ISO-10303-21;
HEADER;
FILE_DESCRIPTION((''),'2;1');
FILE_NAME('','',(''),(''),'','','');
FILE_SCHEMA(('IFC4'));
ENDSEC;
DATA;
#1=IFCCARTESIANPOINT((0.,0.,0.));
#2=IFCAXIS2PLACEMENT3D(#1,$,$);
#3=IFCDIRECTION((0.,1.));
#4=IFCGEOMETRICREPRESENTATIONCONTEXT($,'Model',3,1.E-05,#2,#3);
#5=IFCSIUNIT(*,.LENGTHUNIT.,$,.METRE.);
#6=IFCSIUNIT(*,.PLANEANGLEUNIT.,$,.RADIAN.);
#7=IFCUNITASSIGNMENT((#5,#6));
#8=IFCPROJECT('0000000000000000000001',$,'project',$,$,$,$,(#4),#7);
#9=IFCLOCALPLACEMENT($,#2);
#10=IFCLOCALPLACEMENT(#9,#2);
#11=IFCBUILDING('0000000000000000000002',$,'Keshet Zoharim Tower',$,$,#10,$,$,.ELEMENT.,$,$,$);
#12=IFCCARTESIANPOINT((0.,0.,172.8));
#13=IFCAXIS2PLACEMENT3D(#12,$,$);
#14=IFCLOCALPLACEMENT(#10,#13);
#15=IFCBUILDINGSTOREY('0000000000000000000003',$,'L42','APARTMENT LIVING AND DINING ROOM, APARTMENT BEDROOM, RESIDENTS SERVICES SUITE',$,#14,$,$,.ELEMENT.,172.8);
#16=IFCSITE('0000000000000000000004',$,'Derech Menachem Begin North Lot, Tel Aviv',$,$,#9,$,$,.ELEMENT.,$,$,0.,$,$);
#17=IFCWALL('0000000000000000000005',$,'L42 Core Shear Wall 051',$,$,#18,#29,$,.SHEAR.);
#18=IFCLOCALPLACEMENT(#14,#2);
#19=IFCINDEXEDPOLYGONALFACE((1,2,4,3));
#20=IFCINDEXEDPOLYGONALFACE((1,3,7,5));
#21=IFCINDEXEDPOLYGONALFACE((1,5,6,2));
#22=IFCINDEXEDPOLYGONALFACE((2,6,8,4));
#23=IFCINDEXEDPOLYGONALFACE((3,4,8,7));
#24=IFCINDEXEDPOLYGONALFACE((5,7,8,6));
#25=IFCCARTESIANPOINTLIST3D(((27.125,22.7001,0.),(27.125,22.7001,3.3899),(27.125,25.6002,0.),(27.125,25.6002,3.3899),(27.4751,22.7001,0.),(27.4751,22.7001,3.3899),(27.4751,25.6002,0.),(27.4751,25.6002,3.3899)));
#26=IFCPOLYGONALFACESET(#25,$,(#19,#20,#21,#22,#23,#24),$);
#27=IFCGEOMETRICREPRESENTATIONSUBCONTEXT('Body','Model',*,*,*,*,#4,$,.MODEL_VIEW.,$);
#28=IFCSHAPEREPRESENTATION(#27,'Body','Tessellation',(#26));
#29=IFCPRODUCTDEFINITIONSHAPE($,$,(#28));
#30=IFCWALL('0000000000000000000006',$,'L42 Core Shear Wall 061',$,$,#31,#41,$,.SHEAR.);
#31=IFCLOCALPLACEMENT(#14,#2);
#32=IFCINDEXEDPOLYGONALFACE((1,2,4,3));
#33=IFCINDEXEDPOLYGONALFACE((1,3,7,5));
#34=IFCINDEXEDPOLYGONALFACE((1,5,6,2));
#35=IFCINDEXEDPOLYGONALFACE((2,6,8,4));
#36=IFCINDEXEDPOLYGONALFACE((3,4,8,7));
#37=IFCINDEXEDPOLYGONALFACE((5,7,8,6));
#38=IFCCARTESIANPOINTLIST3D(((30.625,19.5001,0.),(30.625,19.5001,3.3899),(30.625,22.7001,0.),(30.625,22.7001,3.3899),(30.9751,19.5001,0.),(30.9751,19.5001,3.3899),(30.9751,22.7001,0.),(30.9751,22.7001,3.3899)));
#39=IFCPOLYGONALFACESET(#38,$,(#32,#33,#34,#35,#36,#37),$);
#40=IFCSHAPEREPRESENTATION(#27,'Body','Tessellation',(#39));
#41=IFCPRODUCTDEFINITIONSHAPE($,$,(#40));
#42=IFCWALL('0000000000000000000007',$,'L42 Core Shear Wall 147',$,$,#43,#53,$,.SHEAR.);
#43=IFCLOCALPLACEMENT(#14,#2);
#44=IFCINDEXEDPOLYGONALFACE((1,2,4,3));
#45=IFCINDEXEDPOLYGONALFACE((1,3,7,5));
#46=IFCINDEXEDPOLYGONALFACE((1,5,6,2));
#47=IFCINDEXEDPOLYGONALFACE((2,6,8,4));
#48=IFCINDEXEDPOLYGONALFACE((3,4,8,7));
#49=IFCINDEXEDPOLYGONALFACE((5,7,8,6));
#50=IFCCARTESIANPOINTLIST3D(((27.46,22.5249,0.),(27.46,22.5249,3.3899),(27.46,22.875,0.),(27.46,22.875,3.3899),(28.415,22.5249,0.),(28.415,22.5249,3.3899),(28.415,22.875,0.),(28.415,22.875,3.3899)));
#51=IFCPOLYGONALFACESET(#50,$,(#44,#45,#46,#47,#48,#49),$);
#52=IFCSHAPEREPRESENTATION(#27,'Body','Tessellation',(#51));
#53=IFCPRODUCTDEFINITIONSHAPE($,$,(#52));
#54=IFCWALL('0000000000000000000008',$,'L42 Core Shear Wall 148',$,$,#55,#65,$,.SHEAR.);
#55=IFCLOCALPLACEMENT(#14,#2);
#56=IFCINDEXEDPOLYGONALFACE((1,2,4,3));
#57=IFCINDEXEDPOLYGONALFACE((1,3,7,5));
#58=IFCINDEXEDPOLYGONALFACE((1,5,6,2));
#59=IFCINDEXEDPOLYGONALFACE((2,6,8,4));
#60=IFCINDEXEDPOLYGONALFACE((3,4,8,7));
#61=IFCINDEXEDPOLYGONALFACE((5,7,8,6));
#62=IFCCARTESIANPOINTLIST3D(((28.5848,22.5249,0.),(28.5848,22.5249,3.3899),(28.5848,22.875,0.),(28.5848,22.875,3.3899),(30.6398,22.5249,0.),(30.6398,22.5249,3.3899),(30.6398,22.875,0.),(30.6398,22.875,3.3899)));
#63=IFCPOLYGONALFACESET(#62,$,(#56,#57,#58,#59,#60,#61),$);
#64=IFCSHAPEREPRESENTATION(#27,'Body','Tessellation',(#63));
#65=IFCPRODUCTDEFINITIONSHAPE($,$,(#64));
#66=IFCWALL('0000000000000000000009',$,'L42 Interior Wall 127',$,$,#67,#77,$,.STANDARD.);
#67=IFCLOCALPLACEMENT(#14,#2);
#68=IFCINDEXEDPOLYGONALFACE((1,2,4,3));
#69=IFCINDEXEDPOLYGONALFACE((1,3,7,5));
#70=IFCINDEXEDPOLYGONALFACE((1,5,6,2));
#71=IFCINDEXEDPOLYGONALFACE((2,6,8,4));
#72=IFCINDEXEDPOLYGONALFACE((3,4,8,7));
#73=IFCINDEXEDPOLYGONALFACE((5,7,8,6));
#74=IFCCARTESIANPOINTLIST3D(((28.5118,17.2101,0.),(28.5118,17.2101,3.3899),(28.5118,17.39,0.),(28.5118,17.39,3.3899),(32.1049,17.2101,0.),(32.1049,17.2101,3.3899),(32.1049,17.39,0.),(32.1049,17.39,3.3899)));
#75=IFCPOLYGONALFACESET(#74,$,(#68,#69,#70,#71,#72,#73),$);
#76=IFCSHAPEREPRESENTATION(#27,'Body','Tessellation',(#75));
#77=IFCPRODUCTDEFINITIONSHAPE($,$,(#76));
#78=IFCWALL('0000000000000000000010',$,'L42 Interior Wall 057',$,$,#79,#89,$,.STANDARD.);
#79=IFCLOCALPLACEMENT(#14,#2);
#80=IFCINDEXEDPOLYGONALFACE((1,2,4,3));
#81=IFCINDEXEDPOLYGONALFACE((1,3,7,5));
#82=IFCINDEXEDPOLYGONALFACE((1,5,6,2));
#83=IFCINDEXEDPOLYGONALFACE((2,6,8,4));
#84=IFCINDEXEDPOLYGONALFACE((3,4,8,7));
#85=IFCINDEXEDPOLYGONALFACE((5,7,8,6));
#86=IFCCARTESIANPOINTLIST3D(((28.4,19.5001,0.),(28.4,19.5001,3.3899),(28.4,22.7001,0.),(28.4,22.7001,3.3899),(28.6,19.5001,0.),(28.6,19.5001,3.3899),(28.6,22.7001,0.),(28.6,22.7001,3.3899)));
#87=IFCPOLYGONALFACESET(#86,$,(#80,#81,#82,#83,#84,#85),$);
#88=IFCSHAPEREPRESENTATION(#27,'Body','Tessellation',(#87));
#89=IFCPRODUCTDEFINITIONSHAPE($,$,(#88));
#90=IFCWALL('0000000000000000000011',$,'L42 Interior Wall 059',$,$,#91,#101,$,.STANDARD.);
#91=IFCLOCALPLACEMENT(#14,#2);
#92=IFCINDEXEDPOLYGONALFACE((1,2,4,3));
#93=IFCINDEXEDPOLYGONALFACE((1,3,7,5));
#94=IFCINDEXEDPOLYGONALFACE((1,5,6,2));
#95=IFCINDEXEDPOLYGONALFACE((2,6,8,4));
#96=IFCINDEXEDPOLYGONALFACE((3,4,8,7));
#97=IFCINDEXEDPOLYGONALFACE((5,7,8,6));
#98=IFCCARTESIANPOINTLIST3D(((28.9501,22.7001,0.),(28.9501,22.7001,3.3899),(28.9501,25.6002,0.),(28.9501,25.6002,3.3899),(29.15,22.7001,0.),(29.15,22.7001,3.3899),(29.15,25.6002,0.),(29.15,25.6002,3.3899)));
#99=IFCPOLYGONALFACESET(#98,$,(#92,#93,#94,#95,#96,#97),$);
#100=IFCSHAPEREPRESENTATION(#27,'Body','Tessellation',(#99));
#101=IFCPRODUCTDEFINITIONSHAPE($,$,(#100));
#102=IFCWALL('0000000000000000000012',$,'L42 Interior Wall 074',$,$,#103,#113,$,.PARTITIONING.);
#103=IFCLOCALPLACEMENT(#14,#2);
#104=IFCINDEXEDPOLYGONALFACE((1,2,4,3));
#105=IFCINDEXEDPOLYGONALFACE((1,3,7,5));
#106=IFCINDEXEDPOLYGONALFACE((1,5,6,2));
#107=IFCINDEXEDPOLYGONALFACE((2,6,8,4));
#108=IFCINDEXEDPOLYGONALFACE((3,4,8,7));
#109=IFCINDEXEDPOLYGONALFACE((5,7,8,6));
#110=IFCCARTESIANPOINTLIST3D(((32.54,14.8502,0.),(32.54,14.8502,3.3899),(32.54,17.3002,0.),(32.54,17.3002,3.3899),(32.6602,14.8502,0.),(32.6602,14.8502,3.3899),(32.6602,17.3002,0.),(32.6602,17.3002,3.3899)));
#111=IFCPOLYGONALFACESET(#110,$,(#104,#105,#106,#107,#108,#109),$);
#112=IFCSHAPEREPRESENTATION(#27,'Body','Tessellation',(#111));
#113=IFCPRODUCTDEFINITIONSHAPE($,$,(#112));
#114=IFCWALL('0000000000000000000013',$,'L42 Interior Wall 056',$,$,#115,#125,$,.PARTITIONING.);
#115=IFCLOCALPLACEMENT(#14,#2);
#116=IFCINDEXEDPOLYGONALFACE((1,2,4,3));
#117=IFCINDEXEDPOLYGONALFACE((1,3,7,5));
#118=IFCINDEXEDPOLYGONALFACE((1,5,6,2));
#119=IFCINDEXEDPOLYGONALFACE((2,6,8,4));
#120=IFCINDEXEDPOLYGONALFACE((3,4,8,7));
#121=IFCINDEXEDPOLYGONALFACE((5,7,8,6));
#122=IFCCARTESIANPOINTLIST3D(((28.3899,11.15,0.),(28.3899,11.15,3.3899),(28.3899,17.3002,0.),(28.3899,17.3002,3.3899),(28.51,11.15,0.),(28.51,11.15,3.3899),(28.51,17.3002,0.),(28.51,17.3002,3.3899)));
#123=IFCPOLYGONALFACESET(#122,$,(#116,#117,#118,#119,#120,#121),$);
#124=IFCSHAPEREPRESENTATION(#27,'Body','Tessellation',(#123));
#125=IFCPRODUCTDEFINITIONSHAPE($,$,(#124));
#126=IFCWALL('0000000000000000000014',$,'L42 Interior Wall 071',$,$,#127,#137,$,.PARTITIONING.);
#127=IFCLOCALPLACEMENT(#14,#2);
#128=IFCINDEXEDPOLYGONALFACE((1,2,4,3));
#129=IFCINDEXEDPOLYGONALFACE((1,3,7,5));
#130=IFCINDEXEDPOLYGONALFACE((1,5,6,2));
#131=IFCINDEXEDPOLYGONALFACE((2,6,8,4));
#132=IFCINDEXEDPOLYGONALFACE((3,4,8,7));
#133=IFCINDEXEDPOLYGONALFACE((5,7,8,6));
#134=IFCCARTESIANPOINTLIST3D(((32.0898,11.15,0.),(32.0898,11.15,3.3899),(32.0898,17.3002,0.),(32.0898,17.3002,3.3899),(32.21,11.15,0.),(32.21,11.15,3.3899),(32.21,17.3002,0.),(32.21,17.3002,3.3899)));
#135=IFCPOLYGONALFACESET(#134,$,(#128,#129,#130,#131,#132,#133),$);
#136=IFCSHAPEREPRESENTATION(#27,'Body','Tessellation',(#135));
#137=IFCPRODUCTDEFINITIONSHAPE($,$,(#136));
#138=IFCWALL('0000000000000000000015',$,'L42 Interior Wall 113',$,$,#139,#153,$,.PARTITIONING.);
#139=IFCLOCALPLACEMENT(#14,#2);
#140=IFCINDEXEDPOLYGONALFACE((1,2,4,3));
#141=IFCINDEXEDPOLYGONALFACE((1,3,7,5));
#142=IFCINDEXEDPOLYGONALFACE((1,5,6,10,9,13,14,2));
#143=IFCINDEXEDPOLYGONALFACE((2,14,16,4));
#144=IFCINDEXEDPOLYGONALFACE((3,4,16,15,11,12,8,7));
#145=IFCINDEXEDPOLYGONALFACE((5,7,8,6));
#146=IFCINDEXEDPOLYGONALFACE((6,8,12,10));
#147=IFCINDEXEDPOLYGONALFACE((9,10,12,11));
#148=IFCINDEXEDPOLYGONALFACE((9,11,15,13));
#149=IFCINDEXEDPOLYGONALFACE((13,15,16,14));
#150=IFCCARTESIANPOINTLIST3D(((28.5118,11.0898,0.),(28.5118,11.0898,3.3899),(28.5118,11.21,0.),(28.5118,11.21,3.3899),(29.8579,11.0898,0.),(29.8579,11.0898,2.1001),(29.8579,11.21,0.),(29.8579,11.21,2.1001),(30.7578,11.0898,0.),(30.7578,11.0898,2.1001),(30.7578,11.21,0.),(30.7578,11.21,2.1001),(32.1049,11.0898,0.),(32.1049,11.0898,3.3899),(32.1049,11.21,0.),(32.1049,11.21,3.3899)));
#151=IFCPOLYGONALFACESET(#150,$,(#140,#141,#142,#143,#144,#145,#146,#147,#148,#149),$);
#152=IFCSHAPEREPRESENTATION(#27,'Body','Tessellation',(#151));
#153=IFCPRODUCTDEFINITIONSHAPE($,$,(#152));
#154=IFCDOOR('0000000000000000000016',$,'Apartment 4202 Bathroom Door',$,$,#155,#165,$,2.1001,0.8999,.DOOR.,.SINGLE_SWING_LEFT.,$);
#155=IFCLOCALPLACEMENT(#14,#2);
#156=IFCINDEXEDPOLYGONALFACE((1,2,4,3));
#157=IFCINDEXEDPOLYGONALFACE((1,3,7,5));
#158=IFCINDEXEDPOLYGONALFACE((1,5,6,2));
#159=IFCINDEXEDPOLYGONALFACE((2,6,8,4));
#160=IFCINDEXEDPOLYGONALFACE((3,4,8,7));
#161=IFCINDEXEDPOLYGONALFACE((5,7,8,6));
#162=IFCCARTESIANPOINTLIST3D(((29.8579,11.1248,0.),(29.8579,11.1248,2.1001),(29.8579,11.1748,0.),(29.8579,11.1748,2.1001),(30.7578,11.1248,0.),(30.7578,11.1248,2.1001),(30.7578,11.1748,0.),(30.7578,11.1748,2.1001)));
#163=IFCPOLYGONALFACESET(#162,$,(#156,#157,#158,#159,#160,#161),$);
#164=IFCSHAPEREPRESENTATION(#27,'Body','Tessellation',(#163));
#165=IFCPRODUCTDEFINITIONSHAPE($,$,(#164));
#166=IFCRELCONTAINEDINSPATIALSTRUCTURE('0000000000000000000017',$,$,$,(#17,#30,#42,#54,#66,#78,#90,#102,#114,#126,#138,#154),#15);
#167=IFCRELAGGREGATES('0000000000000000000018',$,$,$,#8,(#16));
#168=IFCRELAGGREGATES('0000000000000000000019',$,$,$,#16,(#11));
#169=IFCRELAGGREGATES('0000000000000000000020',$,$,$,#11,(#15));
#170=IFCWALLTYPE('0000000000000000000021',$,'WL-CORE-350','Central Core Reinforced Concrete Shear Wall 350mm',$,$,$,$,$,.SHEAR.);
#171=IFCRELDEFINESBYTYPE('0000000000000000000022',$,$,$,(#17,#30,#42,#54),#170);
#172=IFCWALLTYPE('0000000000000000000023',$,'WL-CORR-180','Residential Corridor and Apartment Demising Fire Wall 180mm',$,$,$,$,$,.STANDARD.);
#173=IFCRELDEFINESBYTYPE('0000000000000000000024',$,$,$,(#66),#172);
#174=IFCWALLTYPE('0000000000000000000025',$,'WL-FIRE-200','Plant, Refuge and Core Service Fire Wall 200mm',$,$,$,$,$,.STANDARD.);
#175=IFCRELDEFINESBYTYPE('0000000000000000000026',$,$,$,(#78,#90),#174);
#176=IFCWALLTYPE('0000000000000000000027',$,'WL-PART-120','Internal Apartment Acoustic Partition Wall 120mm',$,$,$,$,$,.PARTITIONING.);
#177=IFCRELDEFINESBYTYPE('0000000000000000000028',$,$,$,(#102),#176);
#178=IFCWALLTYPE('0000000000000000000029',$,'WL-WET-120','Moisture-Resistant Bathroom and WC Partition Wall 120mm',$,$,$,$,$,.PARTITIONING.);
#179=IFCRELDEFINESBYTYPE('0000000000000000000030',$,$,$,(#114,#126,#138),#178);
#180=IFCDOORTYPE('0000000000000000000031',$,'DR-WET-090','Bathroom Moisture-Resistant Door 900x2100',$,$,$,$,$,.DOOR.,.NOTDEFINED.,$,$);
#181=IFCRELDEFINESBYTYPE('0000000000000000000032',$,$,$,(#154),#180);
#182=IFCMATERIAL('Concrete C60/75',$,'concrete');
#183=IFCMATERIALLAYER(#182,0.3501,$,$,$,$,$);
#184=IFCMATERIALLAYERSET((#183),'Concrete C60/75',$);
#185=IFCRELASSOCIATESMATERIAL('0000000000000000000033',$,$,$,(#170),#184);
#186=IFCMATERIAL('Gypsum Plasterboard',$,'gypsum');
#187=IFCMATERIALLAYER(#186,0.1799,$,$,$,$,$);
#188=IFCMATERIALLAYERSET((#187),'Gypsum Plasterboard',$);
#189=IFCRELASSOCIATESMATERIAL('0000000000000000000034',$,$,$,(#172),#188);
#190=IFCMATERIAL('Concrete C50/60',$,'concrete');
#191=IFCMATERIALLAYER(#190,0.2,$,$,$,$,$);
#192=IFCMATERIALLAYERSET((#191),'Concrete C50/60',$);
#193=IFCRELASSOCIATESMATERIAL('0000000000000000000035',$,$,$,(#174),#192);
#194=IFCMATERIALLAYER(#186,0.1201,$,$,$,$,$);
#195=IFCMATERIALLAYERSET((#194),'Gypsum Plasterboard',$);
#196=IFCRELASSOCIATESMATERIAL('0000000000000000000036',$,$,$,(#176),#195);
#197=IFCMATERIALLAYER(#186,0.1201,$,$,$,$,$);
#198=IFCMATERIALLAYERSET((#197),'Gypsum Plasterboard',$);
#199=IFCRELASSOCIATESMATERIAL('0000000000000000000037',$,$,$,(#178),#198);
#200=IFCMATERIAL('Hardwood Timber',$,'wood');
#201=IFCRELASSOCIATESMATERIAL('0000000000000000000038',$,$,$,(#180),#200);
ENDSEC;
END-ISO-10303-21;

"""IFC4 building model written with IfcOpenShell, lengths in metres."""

from ifc_helpers import new_model, si_unit, direction, frame, frame_2d, origin, place, context, subcontext, project, spatial, rectangle, extrude, material, layer, layer_set, type_object, element, fill, save


model = new_model("IFC4")

# Units and contexts
model_context = context("Model", 3, precision=1e-05, world=origin(), true_north=direction((0.0, 1.0)))
body_context = subcontext(model_context, "Body", "Model", "MODEL_VIEW")
ifc_project = project(units=[si_unit("LENGTHUNIT", "METRE"), si_unit("PLANEANGLEUNIT", "RADIAN")], contexts=[model_context])

# Site, building, storey
site_placement = place(None, origin())
site = spatial("IfcSite", under=ifc_project, at=site_placement, Name="Derech Menachem Begin North Lot, Tel Aviv", CompositionType="ELEMENT", RefElevation=0.0)
building_placement = place(site_placement, origin())
building = spatial("IfcBuilding", under=site, at=building_placement, Name="Keshet Zoharim Tower", CompositionType="ELEMENT")
storey_placement = place(building_placement, frame((0.0, 0.0, 172.8)))
storey = spatial("IfcBuildingStorey", under=building, at=storey_placement, Name="L42", Description="APARTMENT LIVING AND DINING ROOM, APARTMENT BEDROOM, RESIDENTS SERVICES SUITE", CompositionType="ELEMENT", Elevation=172.8)

# Walls
ifc_material_1 = material(Name="Concrete C60/75", Category="concrete")
ifc_layer_1 = layer(ifc_material_1, 0.3501)
ifc_layer_set_1 = layer_set([ifc_layer_1], Name="Concrete C60/75")
wall_type_1 = type_object("IfcWallType", Name="WL-CORE-350", Description="Central Core Reinforced Concrete Shear Wall 350mm", PredefinedType="SHEAR", material=ifc_layer_set_1)
wall_1_placement = place(storey_placement, frame((27.3, 22.7, 0.0), z_axis=(0.0, 0.0, 1.0), x_axis=(0.0, 1.0, 0.0)))
element("IfcWall", 1, at=wall_1_placement, inside=storey, type_object=wall_type_1, Name="L42 Core Shear Wall 051", PredefinedType="SHEAR", context=body_context, shape_type="SweptSolid", body=[
    extrude(rectangle(XDim=2.9001, YDim=0.3501, at=frame_2d((1.4502, 0.0))), origin(), (0.0, 0.0, 1.0), 3.3899),
])
wall_2_placement = place(storey_placement, frame((30.8, 19.5, 0.0), z_axis=(0.0, 0.0, 1.0), x_axis=(0.0, 1.0, 0.0)))
element("IfcWall", 2, at=wall_2_placement, inside=storey, type_object=wall_type_1, Name="L42 Core Shear Wall 061", PredefinedType="SHEAR", context=body_context, shape_type="SweptSolid", body=[
    extrude(rectangle(XDim=3.2, YDim=0.3501, at=frame_2d((1.6001, 0.0))), origin(), (0.0, 0.0, 1.0), 3.3899),
])
wall_3_placement = place(storey_placement, frame((27.46, 22.7, 0.0), z_axis=(0.0, 0.0, 1.0), x_axis=(1.0, 0.0, 0.0)))
element("IfcWall", 3, at=wall_3_placement, inside=storey, type_object=wall_type_1, Name="L42 Core Shear Wall 147", PredefinedType="SHEAR", context=body_context, shape_type="SweptSolid", body=[
    extrude(rectangle(XDim=0.9551, YDim=0.3501, at=frame_2d((0.4775, 0.0))), origin(), (0.0, 0.0, 1.0), 3.3899),
])
wall_4_placement = place(storey_placement, frame((28.585, 22.7, 0.0), z_axis=(0.0, 0.0, 1.0), x_axis=(1.0, 0.0, 0.0)))
element("IfcWall", 4, at=wall_4_placement, inside=storey, type_object=wall_type_1, Name="L42 Core Shear Wall 148", PredefinedType="SHEAR", context=body_context, shape_type="SweptSolid", body=[
    extrude(rectangle(XDim=2.0549, YDim=0.3501, at=frame_2d((1.0273, 0.0))), origin(), (0.0, 0.0, 1.0), 3.3899),
])
ifc_material_2 = material(Name="Gypsum Plasterboard", Category="gypsum")
ifc_layer_2 = layer(ifc_material_2, 0.1799)
ifc_layer_set_2 = layer_set([ifc_layer_2], Name="Gypsum Plasterboard")
wall_type_2 = type_object("IfcWallType", Name="WL-CORR-180", Description="Residential Corridor and Apartment Demising Fire Wall 180mm", PredefinedType="STANDARD", material=ifc_layer_set_2)
wall_5_placement = place(storey_placement, frame((28.512, 17.3, 0.0), z_axis=(0.0, 0.0, 1.0), x_axis=(1.0, 0.0, 0.0)))
element("IfcWall", 5, at=wall_5_placement, inside=storey, type_object=wall_type_2, Name="L42 Interior Wall 127", PredefinedType="STANDARD", context=body_context, shape_type="SweptSolid", body=[
    extrude(rectangle(XDim=3.593, YDim=0.1799, at=frame_2d((1.7964, 0.0))), origin(), (0.0, 0.0, 1.0), 3.3899),
])

# Shared definitions
ifc_material_3 = material(Name="Hardwood Timber", Category="wood")

# Walls
ifc_material_4 = material(Name="Concrete C50/60", Category="concrete")
ifc_layer_3 = layer(ifc_material_4, 0.2)
ifc_layer_set_3 = layer_set([ifc_layer_3], Name="Concrete C50/60")
wall_type_3 = type_object("IfcWallType", Name="WL-FIRE-200", Description="Plant, Refuge and Core Service Fire Wall 200mm", PredefinedType="STANDARD", material=ifc_layer_set_3)
wall_6_placement = place(storey_placement, frame((28.5, 19.5, 0.0), z_axis=(0.0, 0.0, 1.0), x_axis=(0.0, 1.0, 0.0)))
element("IfcWall", 6, at=wall_6_placement, inside=storey, type_object=wall_type_3, Name="L42 Interior Wall 057", PredefinedType="STANDARD", context=body_context, shape_type="SweptSolid", body=[
    extrude(rectangle(XDim=3.2, YDim=0.2, at=frame_2d((1.6001, 0.0))), origin(), (0.0, 0.0, 1.0), 3.3899),
])
wall_7_placement = place(storey_placement, frame((29.05, 22.7, 0.0), z_axis=(0.0, 0.0, 1.0), x_axis=(0.0, 1.0, 0.0)))
element("IfcWall", 7, at=wall_7_placement, inside=storey, type_object=wall_type_3, Name="L42 Interior Wall 059", PredefinedType="STANDARD", context=body_context, shape_type="SweptSolid", body=[
    extrude(rectangle(XDim=2.9001, YDim=0.2, at=frame_2d((1.4502, 0.0))), origin(), (0.0, 0.0, 1.0), 3.3899),
])

# Wall
ifc_layer_4 = layer(ifc_material_2, 0.1201)
ifc_layer_set_4 = layer_set([ifc_layer_4], Name="Gypsum Plasterboard")
wall_type_4 = type_object("IfcWallType", Name="WL-PART-120", Description="Internal Apartment Acoustic Partition Wall 120mm", PredefinedType="PARTITIONING", material=ifc_layer_set_4)
wall_8_placement = place(storey_placement, frame((32.6001, 14.8501, 0.0), z_axis=(0.0, 0.0, 1.0), x_axis=(0.0, 1.0, 0.0)))
element("IfcWall", 8, at=wall_8_placement, inside=storey, type_object=wall_type_4, Name="L42 Interior Wall 074", PredefinedType="PARTITIONING", context=body_context, shape_type="SweptSolid", body=[
    extrude(rectangle(XDim=2.45, YDim=0.1201, at=frame_2d((1.2251, 0.0))), origin(), (0.0, 0.0, 1.0), 3.3899),
])

# Walls
ifc_layer_5 = layer(ifc_material_2, 0.1201)
ifc_layer_set_5 = layer_set([ifc_layer_5], Name="Gypsum Plasterboard")
wall_type_5 = type_object("IfcWallType", Name="WL-WET-120", Description="Moisture-Resistant Bathroom and WC Partition Wall 120mm", PredefinedType="PARTITIONING", material=ifc_layer_set_5)
for number, where, z_axis, x_axis, name in (
    (9, (28.45, 11.1499, 0.0), (0.0, 0.0, 1.0), (0.0, 1.0, 0.0), "L42 Interior Wall 056"),
    (10, (32.1499, 11.1499, 0.0), (0.0, 0.0, 1.0), (0.0, 1.0, 0.0), "L42 Interior Wall 071"),
):
    element("IfcWall", number, at=place(storey_placement, frame(where, z_axis=z_axis, x_axis=x_axis)), inside=storey, type_object=wall_type_5, Name=name, PredefinedType="PARTITIONING", context=body_context, shape_type="SweptSolid", body=[
        extrude(rectangle(XDim=6.1501, YDim=0.1201, at=frame_2d((3.0752, 0.0))), origin(), (0.0, 0.0, 1.0), 3.3899),
    ])

# Wall, opening, door
wall_9_placement = place(storey_placement, frame((28.512, 11.1499, 0.0), z_axis=(0.0, 0.0, 1.0), x_axis=(1.0, 0.0, 0.0)))
wall_9 = element("IfcWall", 11, at=wall_9_placement, inside=storey, type_object=wall_type_5, Name="L42 Interior Wall 113", PredefinedType="PARTITIONING", context=body_context, shape_type="SweptSolid", body=[
    extrude(rectangle(XDim=3.593, YDim=0.1201, at=frame_2d((1.7964, 0.0))), origin(), (0.0, 0.0, 1.0), 3.3899),
])
opening_1_placement = place(wall_9_placement, frame((1.3459, 0.0, 0.0)))
opening_1 = element("IfcOpeningElement", 12, at=opening_1_placement, cuts=wall_9, PredefinedType="OPENING", context=body_context, shape_type="SweptSolid", body=[
    extrude(rectangle(XDim=0.8999, YDim=2.1001, at=frame_2d((0.45, 1.05))), frame((0.0, 0.0701, 0.0), z_axis=(0.0, -1.0, 0.0), x_axis=(1.0, 0.0, 0.0)), (0.0, 0.0, 1.0), 0.1401),
])
door_type_1 = type_object("IfcDoorType", Name="DR-WET-090", Description="Bathroom Moisture-Resistant Door 900x2100", OperationType="NOTDEFINED", PredefinedType="DOOR", material=ifc_material_3)
door_1_placement = place(opening_1_placement, origin())
door_1 = element("IfcDoor", 13, at=door_1_placement, inside=storey, type_object=door_type_1, Name="Apartment 4202 Bathroom Door", OperationType="SINGLE_SWING_LEFT", OverallHeight=2.1001, OverallWidth=0.8999, PredefinedType="DOOR", context=body_context, shape_type="SweptSolid", body=[
    extrude(rectangle(XDim=0.8999, YDim=2.1001, at=frame_2d((0.45, 1.05))), frame((0.0, 0.0249, 0.0), z_axis=(0.0, -1.0, 0.0), x_axis=(1.0, 0.0, 0.0)), (0.0, 0.0, 1.0), 0.05),
])
fill(opening_1, door_1)

save(model, "model.ifc")
